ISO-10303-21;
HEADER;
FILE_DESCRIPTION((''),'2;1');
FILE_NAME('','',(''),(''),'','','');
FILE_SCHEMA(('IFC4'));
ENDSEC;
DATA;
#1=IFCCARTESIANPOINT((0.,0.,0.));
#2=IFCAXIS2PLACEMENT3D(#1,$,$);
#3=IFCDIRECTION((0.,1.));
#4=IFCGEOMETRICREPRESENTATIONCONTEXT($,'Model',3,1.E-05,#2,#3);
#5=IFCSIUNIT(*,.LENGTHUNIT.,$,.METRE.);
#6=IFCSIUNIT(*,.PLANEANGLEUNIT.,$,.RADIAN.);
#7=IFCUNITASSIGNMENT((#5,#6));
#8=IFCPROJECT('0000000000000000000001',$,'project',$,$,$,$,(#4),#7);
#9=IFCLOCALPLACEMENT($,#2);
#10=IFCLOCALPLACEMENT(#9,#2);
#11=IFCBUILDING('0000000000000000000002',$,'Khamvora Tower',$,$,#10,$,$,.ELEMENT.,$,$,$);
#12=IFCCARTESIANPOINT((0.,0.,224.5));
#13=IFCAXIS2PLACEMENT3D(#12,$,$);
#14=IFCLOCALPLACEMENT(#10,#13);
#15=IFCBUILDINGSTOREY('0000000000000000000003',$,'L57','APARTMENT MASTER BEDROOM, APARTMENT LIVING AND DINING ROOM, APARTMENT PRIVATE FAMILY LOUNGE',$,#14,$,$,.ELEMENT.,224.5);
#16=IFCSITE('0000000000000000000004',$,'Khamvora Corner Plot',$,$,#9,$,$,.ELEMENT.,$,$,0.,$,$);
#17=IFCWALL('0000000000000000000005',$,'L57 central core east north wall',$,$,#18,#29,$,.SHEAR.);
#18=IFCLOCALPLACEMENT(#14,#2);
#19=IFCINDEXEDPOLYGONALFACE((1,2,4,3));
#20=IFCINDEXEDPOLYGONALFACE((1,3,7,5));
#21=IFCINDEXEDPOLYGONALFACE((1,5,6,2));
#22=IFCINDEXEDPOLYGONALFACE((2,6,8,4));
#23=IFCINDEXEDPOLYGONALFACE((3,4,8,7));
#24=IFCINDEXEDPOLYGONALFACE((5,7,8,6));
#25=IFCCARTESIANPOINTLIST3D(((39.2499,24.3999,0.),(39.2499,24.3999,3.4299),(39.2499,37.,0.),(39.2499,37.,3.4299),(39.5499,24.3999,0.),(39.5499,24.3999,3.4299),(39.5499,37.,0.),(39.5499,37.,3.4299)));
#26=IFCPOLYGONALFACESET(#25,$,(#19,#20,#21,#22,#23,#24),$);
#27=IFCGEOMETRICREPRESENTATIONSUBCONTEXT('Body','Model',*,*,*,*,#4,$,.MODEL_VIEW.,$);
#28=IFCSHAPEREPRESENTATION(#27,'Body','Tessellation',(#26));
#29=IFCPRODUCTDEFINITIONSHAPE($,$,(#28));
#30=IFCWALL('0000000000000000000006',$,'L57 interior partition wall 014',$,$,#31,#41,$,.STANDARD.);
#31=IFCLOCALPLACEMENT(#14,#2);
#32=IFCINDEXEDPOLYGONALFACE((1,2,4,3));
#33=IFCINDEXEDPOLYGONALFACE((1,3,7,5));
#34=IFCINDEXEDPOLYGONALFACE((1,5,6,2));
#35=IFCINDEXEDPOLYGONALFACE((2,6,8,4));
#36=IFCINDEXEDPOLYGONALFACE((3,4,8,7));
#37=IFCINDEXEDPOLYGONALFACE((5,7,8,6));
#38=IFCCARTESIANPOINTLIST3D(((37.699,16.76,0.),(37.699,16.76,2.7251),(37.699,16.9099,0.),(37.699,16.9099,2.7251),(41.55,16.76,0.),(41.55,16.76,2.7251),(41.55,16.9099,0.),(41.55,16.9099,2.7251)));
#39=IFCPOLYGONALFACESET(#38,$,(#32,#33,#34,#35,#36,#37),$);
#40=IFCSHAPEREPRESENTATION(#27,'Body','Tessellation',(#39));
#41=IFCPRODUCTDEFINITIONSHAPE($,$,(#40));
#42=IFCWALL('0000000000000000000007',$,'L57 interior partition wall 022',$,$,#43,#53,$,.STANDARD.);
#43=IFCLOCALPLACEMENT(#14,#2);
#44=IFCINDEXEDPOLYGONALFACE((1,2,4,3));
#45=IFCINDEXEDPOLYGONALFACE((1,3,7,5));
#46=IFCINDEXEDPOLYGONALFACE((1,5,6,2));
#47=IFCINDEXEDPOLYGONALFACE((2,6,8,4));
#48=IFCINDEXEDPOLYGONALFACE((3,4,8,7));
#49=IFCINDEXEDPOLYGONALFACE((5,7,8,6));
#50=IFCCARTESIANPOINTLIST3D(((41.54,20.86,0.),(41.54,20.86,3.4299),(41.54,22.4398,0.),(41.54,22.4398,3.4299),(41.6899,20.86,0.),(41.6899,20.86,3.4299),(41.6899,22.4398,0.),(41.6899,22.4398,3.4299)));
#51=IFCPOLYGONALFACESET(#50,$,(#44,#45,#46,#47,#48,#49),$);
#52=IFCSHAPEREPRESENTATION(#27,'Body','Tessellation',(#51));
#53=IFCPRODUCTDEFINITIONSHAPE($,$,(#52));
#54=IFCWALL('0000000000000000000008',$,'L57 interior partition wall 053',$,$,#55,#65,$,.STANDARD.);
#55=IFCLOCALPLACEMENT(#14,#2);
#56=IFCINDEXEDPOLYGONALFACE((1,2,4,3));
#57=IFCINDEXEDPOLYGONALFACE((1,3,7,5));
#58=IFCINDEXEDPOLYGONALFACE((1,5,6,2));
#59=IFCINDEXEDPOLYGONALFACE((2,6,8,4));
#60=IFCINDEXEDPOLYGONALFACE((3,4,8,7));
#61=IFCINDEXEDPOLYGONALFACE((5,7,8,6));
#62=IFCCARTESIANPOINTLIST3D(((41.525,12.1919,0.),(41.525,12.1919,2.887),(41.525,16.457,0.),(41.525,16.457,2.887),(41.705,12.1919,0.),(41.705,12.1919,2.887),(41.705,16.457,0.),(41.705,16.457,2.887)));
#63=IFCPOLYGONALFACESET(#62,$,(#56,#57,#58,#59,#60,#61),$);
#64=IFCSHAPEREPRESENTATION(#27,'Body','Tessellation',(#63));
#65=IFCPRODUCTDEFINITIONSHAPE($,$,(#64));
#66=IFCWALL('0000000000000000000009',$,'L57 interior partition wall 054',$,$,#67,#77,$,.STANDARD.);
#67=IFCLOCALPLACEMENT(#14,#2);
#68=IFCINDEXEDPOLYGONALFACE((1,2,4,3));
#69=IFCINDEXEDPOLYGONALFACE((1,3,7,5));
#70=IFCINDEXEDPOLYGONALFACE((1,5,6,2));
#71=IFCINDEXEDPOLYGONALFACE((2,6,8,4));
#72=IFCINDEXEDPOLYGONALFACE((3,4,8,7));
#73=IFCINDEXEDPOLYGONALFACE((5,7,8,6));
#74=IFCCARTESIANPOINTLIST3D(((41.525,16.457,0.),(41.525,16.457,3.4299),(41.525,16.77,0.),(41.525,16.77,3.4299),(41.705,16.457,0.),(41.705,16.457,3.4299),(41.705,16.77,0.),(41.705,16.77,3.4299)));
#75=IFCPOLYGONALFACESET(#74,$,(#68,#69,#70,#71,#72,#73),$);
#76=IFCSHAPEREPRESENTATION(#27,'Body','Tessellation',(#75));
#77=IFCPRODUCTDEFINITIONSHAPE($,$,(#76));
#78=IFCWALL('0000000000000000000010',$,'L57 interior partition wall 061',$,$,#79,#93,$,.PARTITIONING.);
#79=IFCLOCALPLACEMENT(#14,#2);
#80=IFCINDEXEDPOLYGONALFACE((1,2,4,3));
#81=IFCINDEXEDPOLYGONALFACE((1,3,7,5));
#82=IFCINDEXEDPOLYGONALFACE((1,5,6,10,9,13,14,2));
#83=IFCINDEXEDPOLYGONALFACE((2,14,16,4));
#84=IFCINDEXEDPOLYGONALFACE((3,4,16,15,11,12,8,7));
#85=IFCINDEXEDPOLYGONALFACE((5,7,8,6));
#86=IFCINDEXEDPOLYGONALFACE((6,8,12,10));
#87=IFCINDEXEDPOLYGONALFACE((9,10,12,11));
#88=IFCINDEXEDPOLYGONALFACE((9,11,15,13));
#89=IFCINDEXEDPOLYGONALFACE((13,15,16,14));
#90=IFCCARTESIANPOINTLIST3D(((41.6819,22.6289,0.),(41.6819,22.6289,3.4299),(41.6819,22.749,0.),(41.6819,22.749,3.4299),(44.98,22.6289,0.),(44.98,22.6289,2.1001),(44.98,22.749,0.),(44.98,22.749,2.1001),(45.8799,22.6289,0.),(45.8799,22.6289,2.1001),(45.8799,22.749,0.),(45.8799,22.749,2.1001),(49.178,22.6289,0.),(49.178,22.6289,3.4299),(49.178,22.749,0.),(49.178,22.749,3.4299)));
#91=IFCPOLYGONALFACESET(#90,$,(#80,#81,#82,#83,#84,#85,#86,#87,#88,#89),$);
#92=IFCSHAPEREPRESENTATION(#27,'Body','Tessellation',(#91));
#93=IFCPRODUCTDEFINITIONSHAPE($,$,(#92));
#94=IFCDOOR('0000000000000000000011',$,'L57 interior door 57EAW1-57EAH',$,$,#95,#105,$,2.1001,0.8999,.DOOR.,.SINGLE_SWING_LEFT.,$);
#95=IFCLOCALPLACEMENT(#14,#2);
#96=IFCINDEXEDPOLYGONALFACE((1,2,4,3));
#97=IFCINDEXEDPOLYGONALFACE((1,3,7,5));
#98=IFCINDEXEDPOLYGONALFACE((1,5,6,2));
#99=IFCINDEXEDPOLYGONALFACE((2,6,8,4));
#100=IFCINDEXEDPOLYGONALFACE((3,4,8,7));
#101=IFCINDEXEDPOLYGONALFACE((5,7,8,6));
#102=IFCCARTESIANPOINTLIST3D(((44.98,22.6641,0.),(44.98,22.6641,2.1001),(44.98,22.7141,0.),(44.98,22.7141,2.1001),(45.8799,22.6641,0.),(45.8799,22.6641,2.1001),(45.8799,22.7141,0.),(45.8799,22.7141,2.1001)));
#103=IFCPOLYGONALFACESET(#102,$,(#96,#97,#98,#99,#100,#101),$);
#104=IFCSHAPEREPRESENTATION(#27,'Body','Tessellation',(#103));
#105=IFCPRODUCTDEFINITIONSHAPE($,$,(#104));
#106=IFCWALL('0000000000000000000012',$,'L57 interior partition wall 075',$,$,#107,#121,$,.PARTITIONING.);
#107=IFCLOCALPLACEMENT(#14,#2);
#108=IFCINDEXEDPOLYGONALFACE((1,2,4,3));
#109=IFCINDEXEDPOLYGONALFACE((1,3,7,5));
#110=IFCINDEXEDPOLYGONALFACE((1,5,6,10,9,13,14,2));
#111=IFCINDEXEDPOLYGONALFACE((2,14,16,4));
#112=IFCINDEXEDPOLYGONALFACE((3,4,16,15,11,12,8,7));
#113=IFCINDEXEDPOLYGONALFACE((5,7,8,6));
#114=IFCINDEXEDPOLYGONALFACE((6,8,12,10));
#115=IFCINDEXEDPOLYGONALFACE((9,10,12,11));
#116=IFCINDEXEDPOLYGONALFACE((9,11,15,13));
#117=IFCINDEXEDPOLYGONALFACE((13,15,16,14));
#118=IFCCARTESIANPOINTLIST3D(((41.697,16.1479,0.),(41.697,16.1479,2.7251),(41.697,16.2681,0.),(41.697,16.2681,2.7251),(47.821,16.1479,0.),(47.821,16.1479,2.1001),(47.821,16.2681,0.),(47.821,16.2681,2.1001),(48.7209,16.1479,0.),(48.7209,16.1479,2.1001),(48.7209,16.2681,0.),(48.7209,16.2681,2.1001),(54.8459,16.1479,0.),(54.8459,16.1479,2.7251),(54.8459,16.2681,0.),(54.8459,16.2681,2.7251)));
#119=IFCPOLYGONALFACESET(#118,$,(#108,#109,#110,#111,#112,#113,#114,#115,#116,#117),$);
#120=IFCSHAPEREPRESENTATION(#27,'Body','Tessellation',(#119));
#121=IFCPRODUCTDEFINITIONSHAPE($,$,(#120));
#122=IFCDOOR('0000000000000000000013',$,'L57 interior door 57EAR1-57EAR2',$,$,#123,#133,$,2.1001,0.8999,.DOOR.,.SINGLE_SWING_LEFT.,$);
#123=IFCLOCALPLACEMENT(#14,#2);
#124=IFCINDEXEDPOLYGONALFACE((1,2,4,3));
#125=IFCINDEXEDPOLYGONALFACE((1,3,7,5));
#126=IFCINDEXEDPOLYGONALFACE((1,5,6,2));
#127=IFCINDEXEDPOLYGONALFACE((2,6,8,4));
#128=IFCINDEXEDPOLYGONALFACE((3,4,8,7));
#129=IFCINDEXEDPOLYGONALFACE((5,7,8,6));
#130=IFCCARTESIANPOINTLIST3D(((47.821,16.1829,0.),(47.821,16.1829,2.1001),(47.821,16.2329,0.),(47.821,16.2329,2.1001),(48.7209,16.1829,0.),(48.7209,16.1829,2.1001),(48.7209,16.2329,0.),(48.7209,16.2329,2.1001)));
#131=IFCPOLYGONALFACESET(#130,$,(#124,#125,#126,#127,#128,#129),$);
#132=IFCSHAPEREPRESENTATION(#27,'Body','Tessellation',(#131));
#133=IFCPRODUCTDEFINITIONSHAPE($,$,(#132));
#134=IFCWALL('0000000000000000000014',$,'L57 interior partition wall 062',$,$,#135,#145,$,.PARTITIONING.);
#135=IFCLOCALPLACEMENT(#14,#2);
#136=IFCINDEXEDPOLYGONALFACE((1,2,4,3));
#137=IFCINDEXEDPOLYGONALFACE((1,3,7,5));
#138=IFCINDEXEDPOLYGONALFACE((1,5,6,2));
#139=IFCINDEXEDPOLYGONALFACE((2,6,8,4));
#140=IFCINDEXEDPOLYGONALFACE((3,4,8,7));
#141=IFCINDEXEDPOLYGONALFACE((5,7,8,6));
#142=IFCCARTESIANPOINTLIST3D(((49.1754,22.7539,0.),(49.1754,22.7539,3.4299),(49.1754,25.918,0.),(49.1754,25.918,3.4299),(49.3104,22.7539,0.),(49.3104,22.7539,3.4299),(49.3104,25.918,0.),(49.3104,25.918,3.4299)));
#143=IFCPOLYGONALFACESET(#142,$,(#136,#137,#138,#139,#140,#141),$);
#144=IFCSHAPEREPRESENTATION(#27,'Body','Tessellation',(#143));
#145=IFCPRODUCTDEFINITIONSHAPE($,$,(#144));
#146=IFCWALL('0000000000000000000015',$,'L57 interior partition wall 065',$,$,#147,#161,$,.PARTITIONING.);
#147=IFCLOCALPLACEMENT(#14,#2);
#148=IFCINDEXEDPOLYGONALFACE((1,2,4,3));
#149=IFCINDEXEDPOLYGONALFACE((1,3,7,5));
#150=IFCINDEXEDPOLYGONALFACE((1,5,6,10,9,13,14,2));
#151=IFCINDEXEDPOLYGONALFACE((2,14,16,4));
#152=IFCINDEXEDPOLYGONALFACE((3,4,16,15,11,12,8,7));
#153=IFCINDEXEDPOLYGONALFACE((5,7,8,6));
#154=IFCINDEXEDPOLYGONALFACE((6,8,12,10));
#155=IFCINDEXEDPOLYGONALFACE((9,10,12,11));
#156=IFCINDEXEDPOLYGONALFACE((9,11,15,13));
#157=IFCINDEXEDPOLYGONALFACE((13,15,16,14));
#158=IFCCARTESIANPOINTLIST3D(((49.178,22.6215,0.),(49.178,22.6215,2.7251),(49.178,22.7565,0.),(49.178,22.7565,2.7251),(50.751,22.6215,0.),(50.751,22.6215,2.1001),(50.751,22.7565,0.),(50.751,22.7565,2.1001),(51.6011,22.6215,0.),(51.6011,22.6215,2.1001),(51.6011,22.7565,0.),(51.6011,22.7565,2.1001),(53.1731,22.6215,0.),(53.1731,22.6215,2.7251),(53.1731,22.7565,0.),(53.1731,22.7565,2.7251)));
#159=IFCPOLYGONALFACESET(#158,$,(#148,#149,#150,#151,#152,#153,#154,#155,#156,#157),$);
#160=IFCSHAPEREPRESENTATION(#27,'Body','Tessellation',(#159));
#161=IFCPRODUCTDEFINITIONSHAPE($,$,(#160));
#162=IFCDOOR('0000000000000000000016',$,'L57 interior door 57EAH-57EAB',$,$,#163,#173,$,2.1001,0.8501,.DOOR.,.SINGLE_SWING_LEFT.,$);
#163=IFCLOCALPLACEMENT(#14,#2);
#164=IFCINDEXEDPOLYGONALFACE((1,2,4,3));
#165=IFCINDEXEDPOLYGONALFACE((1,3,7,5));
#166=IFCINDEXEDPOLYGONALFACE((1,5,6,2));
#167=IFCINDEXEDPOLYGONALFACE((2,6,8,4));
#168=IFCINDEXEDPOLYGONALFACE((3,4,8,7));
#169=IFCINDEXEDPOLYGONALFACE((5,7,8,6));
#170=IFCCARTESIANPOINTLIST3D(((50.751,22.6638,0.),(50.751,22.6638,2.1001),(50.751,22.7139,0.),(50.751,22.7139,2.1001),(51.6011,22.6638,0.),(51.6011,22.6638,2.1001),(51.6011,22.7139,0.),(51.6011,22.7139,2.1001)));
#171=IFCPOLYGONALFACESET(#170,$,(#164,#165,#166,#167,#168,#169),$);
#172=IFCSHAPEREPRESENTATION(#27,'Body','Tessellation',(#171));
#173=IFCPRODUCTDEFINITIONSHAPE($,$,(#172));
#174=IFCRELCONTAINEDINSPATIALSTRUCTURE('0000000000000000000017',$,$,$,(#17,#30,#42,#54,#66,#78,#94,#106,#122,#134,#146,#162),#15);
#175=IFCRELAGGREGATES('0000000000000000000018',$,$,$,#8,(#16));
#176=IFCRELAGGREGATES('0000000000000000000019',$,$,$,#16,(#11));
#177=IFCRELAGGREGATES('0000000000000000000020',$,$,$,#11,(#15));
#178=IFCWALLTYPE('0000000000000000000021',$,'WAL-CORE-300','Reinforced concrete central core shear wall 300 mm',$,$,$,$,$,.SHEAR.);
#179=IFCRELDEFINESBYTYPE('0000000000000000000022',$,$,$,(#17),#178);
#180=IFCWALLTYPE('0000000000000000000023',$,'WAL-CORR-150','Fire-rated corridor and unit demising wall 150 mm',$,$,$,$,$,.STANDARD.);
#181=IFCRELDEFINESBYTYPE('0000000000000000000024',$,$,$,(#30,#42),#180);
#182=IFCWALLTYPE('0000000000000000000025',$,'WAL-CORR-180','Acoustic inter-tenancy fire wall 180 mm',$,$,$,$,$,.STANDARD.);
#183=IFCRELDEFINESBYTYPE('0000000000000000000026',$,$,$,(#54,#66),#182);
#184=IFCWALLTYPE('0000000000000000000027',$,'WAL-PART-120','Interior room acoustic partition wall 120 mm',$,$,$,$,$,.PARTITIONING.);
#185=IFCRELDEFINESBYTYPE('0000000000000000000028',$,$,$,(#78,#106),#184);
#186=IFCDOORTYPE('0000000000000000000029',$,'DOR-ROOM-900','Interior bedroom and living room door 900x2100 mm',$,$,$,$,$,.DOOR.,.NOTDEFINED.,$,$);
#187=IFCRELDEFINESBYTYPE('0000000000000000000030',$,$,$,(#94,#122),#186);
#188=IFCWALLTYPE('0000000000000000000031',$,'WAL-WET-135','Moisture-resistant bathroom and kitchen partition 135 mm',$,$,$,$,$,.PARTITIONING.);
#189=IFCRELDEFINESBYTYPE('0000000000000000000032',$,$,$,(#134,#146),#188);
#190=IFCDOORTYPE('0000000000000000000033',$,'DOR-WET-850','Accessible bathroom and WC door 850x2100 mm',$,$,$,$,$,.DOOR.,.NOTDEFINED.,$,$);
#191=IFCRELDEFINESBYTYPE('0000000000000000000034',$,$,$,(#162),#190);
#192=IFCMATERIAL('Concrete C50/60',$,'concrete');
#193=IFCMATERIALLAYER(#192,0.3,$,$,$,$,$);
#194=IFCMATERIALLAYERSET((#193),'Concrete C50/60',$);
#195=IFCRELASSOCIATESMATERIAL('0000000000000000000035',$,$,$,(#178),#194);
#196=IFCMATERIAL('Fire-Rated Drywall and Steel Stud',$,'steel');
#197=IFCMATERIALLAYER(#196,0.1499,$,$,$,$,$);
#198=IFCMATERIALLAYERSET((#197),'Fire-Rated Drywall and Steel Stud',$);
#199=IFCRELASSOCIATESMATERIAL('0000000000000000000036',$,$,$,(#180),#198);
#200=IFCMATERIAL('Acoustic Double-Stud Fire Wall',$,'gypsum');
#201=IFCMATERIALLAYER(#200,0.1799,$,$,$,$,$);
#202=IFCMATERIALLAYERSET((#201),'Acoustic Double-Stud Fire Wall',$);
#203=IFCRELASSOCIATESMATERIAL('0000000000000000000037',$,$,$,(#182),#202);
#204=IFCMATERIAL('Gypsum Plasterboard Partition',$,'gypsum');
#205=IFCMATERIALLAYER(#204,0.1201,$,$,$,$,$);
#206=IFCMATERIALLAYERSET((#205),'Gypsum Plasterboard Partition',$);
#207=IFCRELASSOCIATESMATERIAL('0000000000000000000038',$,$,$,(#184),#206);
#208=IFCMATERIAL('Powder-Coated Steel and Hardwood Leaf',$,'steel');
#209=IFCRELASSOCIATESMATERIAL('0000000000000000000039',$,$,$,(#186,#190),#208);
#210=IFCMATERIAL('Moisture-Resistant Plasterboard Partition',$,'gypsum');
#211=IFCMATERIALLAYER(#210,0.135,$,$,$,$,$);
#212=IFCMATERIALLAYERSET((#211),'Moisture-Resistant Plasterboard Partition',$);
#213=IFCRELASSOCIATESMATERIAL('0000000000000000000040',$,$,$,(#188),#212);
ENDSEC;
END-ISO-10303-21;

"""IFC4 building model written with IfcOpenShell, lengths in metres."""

from ifc_helpers import new_model, si_unit, direction, frame, frame_2d, origin, place, context, subcontext, project, spatial, rectangle, extrude, material, layer, layer_set, type_object, element, fill, save


model = new_model("IFC4")

# Units and contexts
model_context = context("Model", 3, precision=1e-05, world=origin(), true_north=direction((0.0, 1.0)))
body_context = subcontext(model_context, "Body", "Model", "MODEL_VIEW")
ifc_project = project(units=[si_unit("LENGTHUNIT", "METRE"), si_unit("PLANEANGLEUNIT", "RADIAN")], contexts=[model_context])

# Site, building, storey
site_placement = place(None, origin())
site = spatial("IfcSite", under=ifc_project, at=site_placement, Name="Khamvora Corner Plot", CompositionType="ELEMENT", RefElevation=0.0)
building_placement = place(site_placement, origin())
building = spatial("IfcBuilding", under=site, at=building_placement, Name="Khamvora Tower", CompositionType="ELEMENT")
storey_placement = place(building_placement, frame((0.0, 0.0, 224.5)))
storey = spatial("IfcBuildingStorey", under=building, at=storey_placement, Name="L57", Description="APARTMENT MASTER BEDROOM, APARTMENT LIVING AND DINING ROOM, APARTMENT PRIVATE FAMILY LOUNGE", CompositionType="ELEMENT", Elevation=224.5)

# Walls
ifc_material_1 = material(Name="Concrete C50/60", Category="concrete")
ifc_layer_1 = layer(ifc_material_1, 0.3)
ifc_layer_set_1 = layer_set([ifc_layer_1], Name="Concrete C50/60")
wall_type_1 = type_object("IfcWallType", Name="WAL-CORE-300", Description="Reinforced concrete central core shear wall 300 mm", PredefinedType="SHEAR", material=ifc_layer_set_1)
wall_1_placement = place(storey_placement, frame((39.3999, 24.3999, 0.0), z_axis=(0.0, 0.0, 1.0), x_axis=(0.0, 1.0, 0.0)))
element("IfcWall", 1, at=wall_1_placement, inside=storey, type_object=wall_type_1, Name="L57 central core east north wall", PredefinedType="SHEAR", context=body_context, shape_type="SweptSolid", body=[
    extrude(rectangle(XDim=12.6001, YDim=0.3, at=frame_2d((6.3, 0.0))), origin(), (0.0, 0.0, 1.0), 3.4299),
])
ifc_material_2 = material(Name="Fire-Rated Drywall and Steel Stud", Category="steel")
ifc_layer_2 = layer(ifc_material_2, 0.1499)
ifc_layer_set_2 = layer_set([ifc_layer_2], Name="Fire-Rated Drywall and Steel Stud")
wall_type_2 = type_object("IfcWallType", Name="WAL-CORR-150", Description="Fire-rated corridor and unit demising wall 150 mm", PredefinedType="STANDARD", material=ifc_layer_set_2)
wall_2_placement = place(storey_placement, frame((41.55, 16.835, 0.0), z_axis=(0.0, 0.0, 1.0), x_axis=(-1.0, 0.0, 0.0)))
element("IfcWall", 2, at=wall_2_placement, inside=storey, type_object=wall_type_2, Name="L57 interior partition wall 014", PredefinedType="STANDARD", context=body_context, shape_type="SweptSolid", body=[
    extrude(rectangle(XDim=3.8511, YDim=0.1499, at=frame_2d((1.9255, 0.0))), origin(), (0.0, 0.0, 1.0), 2.7251),
])
wall_3_placement = place(storey_placement, frame((41.615, 22.4399, 0.0), z_axis=(0.0, 0.0, 1.0), x_axis=(0.0, -1.0, 0.0)))
element("IfcWall", 3, at=wall_3_placement, inside=storey, type_object=wall_type_2, Name="L57 interior partition wall 022", PredefinedType="STANDARD", context=body_context, shape_type="SweptSolid", body=[
    extrude(rectangle(XDim=1.5798, YDim=0.1499, at=frame_2d((0.79, 0.0))), origin(), (0.0, 0.0, 1.0), 3.4299),
])

# Shared definitions
ifc_material_3 = material(Name="Powder-Coated Steel and Hardwood Leaf", Category="steel")

# Walls
ifc_material_4 = material(Name="Acoustic Double-Stud Fire Wall", Category="gypsum")
ifc_layer_3 = layer(ifc_material_4, 0.1799)
ifc_layer_set_3 = layer_set([ifc_layer_3], Name="Acoustic Double-Stud Fire Wall")
wall_type_3 = type_object("IfcWallType", Name="WAL-CORR-180", Description="Acoustic inter-tenancy fire wall 180 mm", PredefinedType="STANDARD", material=ifc_layer_set_3)
wall_4_placement = place(storey_placement, frame((41.615, 16.457, 0.0), z_axis=(0.0, 0.0, 1.0), x_axis=(0.0, -1.0, 0.0)))
element("IfcWall", 4, at=wall_4_placement, inside=storey, type_object=wall_type_3, Name="L57 interior partition wall 053", PredefinedType="STANDARD", context=body_context, shape_type="SweptSolid", body=[
    extrude(rectangle(XDim=4.2651, YDim=0.1799, at=frame_2d((2.1326, 0.0))), origin(), (0.0, 0.0, 1.0), 2.887),
])
wall_5_placement = place(storey_placement, frame((41.615, 16.77, 0.0), z_axis=(0.0, 0.0, 1.0), x_axis=(0.0, -1.0, 0.0)))
element("IfcWall", 5, at=wall_5_placement, inside=storey, type_object=wall_type_3, Name="L57 interior partition wall 054", PredefinedType="STANDARD", context=body_context, shape_type="SweptSolid", body=[
    extrude(rectangle(XDim=0.313, YDim=0.1799, at=frame_2d((0.1565, 0.0))), origin(), (0.0, 0.0, 1.0), 3.4299),
])

# Walls, openings, doors
ifc_material_5 = material(Name="Gypsum Plasterboard Partition", Category="gypsum")
ifc_layer_4 = layer(ifc_material_5, 0.1201)
ifc_layer_set_4 = layer_set([ifc_layer_4], Name="Gypsum Plasterboard Partition")
wall_type_4 = type_object("IfcWallType", Name="WAL-PART-120", Description="Interior room acoustic partition wall 120 mm", PredefinedType="PARTITIONING", material=ifc_layer_set_4)
wall_6_placement = place(storey_placement, frame((49.178, 22.689, 0.0), z_axis=(0.0, 0.0, 1.0), x_axis=(-1.0, 0.0, 0.0)))
wall_6 = element("IfcWall", 6, at=wall_6_placement, inside=storey, type_object=wall_type_4, Name="L57 interior partition wall 061", PredefinedType="PARTITIONING", context=body_context, shape_type="SweptSolid", body=[
    extrude(rectangle(XDim=7.4961, YDim=0.1201, at=frame_2d((3.748, 0.0))), origin(), (0.0, 0.0, 1.0), 3.4299),
])
opening_1_placement = place(wall_6_placement, frame((3.2981, 0.0, 0.0)))
opening_1 = element("IfcOpeningElement", 7, at=opening_1_placement, cuts=wall_6, PredefinedType="OPENING", context=body_context, shape_type="SweptSolid", body=[
    extrude(rectangle(XDim=0.8999, YDim=2.1001, at=frame_2d((0.45, 1.05))), frame((0.0, 0.0701, 0.0), z_axis=(0.0, -1.0, 0.0), x_axis=(1.0, 0.0, 0.0)), (0.0, 0.0, 1.0), 0.1401),
])
door_type_1 = type_object("IfcDoorType", Name="DOR-ROOM-900", Description="Interior bedroom and living room door 900x2100 mm", OperationType="NOTDEFINED", PredefinedType="DOOR", material=ifc_material_3)
door_1_placement = place(opening_1_placement, origin())
door_1 = element("IfcDoor", 8, at=door_1_placement, inside=storey, type_object=door_type_1, Name="L57 interior door 57EAW1-57EAH", OperationType="SINGLE_SWING_LEFT", OverallHeight=2.1001, OverallWidth=0.8999, PredefinedType="DOOR", context=body_context, shape_type="SweptSolid", body=[
    extrude(rectangle(XDim=0.8999, YDim=2.1001, at=frame_2d((0.45, 1.05))), frame((0.0, 0.0249, 0.0), z_axis=(0.0, -1.0, 0.0), x_axis=(1.0, 0.0, 0.0)), (0.0, 0.0, 1.0), 0.05),
])
fill(opening_1, door_1)
wall_7_placement = place(storey_placement, frame((41.697, 16.208, 0.0), z_axis=(0.0, 0.0, 1.0), x_axis=(1.0, 0.0, 0.0)))
wall_7 = element("IfcWall", 9, at=wall_7_placement, inside=storey, type_object=wall_type_4, Name="L57 interior partition wall 075", PredefinedType="PARTITIONING", context=body_context, shape_type="SweptSolid", body=[
    extrude(rectangle(XDim=13.1489, YDim=0.1201, at=frame_2d((6.5745, 0.0))), origin(), (0.0, 0.0, 1.0), 2.7251),
])
opening_2_placement = place(wall_7_placement, frame((6.124, 0.0, 0.0)))
opening_2 = element("IfcOpeningElement", 10, at=opening_2_placement, cuts=wall_7, PredefinedType="OPENING", context=body_context, shape_type="SweptSolid", body=[
    extrude(rectangle(XDim=0.8999, YDim=2.1001, at=frame_2d((0.45, 1.05))), frame((0.0, 0.0701, 0.0), z_axis=(0.0, -1.0, 0.0), x_axis=(1.0, 0.0, 0.0)), (0.0, 0.0, 1.0), 0.1401),
])
door_2_placement = place(opening_2_placement, origin())
door_2 = element("IfcDoor", 11, at=door_2_placement, inside=storey, type_object=door_type_1, Name="L57 interior door 57EAR1-57EAR2", OperationType="SINGLE_SWING_LEFT", OverallHeight=2.1001, OverallWidth=0.8999, PredefinedType="DOOR", context=body_context, shape_type="SweptSolid", body=[
    extrude(rectangle(XDim=0.8999, YDim=2.1001, at=frame_2d((0.45, 1.05))), frame((0.0, 0.0249, 0.0), z_axis=(0.0, -1.0, 0.0), x_axis=(1.0, 0.0, 0.0)), (0.0, 0.0, 1.0), 0.05),
])
fill(opening_2, door_2)

# Wall
ifc_material_6 = material(Name="Moisture-Resistant Plasterboard Partition", Category="gypsum")
ifc_layer_5 = layer(ifc_material_6, 0.135)
ifc_layer_set_5 = layer_set([ifc_layer_5], Name="Moisture-Resistant Plasterboard Partition")
wall_type_5 = type_object("IfcWallType", Name="WAL-WET-135", Description="Moisture-resistant bathroom and kitchen partition 135 mm", PredefinedType="PARTITIONING", material=ifc_layer_set_5)
wall_8_placement = place(storey_placement, frame((49.2429, 25.918, 0.0), z_axis=(0.0, 0.0, 1.0), x_axis=(0.0, -1.0, 0.0)))
element("IfcWall", 12, at=wall_8_placement, inside=storey, type_object=wall_type_5, Name="L57 interior partition wall 062", PredefinedType="PARTITIONING", context=body_context, shape_type="SweptSolid", body=[
    extrude(rectangle(XDim=3.1641, YDim=0.135, at=frame_2d((1.582, 0.0))), origin(), (0.0, 0.0, 1.0), 3.4299),
])

# Wall, opening, door
wall_9_placement = place(storey_placement, frame((49.178, 22.689, 0.0), z_axis=(0.0, 0.0, 1.0), x_axis=(1.0, 0.0, 0.0)))
wall_9 = element("IfcWall", 13, at=wall_9_placement, inside=storey, type_object=wall_type_5, Name="L57 interior partition wall 065", PredefinedType="PARTITIONING", context=body_context, shape_type="SweptSolid", body=[
    extrude(rectangle(XDim=3.9951, YDim=0.135, at=frame_2d((1.9976, 0.0))), origin(), (0.0, 0.0, 1.0), 2.7251),
])
opening_3_placement = place(wall_9_placement, frame((1.573, 0.0, 0.0)))
opening_3 = element("IfcOpeningElement", 14, at=opening_3_placement, cuts=wall_9, PredefinedType="OPENING", context=body_context, shape_type="SweptSolid", body=[
    extrude(rectangle(XDim=0.8501, YDim=2.1001, at=frame_2d((0.425, 1.05))), frame((0.0, 0.0774, 0.0), z_axis=(0.0, -1.0, 0.0), x_axis=(1.0, 0.0, 0.0)), (0.0, 0.0, 1.0), 0.155),
])
door_type_2 = type_object("IfcDoorType", Name="DOR-WET-850", Description="Accessible bathroom and WC door 850x2100 mm", OperationType="NOTDEFINED", PredefinedType="DOOR", material=ifc_material_3)
door_3_placement = place(opening_3_placement, origin())
door_3 = element("IfcDoor", 15, at=door_3_placement, inside=storey, type_object=door_type_2, Name="L57 interior door 57EAH-57EAB", OperationType="SINGLE_SWING_LEFT", OverallHeight=2.1001, OverallWidth=0.8501, PredefinedType="DOOR", context=body_context, shape_type="SweptSolid", body=[
    extrude(rectangle(XDim=0.8501, YDim=2.1001, at=frame_2d((0.425, 1.05))), frame((0.0, 0.0249, 0.0), z_axis=(0.0, -1.0, 0.0), x_axis=(1.0, 0.0, 0.0)), (0.0, 0.0, 1.0), 0.05),
])
fill(opening_3, door_3)

save(model, "model.ifc")
